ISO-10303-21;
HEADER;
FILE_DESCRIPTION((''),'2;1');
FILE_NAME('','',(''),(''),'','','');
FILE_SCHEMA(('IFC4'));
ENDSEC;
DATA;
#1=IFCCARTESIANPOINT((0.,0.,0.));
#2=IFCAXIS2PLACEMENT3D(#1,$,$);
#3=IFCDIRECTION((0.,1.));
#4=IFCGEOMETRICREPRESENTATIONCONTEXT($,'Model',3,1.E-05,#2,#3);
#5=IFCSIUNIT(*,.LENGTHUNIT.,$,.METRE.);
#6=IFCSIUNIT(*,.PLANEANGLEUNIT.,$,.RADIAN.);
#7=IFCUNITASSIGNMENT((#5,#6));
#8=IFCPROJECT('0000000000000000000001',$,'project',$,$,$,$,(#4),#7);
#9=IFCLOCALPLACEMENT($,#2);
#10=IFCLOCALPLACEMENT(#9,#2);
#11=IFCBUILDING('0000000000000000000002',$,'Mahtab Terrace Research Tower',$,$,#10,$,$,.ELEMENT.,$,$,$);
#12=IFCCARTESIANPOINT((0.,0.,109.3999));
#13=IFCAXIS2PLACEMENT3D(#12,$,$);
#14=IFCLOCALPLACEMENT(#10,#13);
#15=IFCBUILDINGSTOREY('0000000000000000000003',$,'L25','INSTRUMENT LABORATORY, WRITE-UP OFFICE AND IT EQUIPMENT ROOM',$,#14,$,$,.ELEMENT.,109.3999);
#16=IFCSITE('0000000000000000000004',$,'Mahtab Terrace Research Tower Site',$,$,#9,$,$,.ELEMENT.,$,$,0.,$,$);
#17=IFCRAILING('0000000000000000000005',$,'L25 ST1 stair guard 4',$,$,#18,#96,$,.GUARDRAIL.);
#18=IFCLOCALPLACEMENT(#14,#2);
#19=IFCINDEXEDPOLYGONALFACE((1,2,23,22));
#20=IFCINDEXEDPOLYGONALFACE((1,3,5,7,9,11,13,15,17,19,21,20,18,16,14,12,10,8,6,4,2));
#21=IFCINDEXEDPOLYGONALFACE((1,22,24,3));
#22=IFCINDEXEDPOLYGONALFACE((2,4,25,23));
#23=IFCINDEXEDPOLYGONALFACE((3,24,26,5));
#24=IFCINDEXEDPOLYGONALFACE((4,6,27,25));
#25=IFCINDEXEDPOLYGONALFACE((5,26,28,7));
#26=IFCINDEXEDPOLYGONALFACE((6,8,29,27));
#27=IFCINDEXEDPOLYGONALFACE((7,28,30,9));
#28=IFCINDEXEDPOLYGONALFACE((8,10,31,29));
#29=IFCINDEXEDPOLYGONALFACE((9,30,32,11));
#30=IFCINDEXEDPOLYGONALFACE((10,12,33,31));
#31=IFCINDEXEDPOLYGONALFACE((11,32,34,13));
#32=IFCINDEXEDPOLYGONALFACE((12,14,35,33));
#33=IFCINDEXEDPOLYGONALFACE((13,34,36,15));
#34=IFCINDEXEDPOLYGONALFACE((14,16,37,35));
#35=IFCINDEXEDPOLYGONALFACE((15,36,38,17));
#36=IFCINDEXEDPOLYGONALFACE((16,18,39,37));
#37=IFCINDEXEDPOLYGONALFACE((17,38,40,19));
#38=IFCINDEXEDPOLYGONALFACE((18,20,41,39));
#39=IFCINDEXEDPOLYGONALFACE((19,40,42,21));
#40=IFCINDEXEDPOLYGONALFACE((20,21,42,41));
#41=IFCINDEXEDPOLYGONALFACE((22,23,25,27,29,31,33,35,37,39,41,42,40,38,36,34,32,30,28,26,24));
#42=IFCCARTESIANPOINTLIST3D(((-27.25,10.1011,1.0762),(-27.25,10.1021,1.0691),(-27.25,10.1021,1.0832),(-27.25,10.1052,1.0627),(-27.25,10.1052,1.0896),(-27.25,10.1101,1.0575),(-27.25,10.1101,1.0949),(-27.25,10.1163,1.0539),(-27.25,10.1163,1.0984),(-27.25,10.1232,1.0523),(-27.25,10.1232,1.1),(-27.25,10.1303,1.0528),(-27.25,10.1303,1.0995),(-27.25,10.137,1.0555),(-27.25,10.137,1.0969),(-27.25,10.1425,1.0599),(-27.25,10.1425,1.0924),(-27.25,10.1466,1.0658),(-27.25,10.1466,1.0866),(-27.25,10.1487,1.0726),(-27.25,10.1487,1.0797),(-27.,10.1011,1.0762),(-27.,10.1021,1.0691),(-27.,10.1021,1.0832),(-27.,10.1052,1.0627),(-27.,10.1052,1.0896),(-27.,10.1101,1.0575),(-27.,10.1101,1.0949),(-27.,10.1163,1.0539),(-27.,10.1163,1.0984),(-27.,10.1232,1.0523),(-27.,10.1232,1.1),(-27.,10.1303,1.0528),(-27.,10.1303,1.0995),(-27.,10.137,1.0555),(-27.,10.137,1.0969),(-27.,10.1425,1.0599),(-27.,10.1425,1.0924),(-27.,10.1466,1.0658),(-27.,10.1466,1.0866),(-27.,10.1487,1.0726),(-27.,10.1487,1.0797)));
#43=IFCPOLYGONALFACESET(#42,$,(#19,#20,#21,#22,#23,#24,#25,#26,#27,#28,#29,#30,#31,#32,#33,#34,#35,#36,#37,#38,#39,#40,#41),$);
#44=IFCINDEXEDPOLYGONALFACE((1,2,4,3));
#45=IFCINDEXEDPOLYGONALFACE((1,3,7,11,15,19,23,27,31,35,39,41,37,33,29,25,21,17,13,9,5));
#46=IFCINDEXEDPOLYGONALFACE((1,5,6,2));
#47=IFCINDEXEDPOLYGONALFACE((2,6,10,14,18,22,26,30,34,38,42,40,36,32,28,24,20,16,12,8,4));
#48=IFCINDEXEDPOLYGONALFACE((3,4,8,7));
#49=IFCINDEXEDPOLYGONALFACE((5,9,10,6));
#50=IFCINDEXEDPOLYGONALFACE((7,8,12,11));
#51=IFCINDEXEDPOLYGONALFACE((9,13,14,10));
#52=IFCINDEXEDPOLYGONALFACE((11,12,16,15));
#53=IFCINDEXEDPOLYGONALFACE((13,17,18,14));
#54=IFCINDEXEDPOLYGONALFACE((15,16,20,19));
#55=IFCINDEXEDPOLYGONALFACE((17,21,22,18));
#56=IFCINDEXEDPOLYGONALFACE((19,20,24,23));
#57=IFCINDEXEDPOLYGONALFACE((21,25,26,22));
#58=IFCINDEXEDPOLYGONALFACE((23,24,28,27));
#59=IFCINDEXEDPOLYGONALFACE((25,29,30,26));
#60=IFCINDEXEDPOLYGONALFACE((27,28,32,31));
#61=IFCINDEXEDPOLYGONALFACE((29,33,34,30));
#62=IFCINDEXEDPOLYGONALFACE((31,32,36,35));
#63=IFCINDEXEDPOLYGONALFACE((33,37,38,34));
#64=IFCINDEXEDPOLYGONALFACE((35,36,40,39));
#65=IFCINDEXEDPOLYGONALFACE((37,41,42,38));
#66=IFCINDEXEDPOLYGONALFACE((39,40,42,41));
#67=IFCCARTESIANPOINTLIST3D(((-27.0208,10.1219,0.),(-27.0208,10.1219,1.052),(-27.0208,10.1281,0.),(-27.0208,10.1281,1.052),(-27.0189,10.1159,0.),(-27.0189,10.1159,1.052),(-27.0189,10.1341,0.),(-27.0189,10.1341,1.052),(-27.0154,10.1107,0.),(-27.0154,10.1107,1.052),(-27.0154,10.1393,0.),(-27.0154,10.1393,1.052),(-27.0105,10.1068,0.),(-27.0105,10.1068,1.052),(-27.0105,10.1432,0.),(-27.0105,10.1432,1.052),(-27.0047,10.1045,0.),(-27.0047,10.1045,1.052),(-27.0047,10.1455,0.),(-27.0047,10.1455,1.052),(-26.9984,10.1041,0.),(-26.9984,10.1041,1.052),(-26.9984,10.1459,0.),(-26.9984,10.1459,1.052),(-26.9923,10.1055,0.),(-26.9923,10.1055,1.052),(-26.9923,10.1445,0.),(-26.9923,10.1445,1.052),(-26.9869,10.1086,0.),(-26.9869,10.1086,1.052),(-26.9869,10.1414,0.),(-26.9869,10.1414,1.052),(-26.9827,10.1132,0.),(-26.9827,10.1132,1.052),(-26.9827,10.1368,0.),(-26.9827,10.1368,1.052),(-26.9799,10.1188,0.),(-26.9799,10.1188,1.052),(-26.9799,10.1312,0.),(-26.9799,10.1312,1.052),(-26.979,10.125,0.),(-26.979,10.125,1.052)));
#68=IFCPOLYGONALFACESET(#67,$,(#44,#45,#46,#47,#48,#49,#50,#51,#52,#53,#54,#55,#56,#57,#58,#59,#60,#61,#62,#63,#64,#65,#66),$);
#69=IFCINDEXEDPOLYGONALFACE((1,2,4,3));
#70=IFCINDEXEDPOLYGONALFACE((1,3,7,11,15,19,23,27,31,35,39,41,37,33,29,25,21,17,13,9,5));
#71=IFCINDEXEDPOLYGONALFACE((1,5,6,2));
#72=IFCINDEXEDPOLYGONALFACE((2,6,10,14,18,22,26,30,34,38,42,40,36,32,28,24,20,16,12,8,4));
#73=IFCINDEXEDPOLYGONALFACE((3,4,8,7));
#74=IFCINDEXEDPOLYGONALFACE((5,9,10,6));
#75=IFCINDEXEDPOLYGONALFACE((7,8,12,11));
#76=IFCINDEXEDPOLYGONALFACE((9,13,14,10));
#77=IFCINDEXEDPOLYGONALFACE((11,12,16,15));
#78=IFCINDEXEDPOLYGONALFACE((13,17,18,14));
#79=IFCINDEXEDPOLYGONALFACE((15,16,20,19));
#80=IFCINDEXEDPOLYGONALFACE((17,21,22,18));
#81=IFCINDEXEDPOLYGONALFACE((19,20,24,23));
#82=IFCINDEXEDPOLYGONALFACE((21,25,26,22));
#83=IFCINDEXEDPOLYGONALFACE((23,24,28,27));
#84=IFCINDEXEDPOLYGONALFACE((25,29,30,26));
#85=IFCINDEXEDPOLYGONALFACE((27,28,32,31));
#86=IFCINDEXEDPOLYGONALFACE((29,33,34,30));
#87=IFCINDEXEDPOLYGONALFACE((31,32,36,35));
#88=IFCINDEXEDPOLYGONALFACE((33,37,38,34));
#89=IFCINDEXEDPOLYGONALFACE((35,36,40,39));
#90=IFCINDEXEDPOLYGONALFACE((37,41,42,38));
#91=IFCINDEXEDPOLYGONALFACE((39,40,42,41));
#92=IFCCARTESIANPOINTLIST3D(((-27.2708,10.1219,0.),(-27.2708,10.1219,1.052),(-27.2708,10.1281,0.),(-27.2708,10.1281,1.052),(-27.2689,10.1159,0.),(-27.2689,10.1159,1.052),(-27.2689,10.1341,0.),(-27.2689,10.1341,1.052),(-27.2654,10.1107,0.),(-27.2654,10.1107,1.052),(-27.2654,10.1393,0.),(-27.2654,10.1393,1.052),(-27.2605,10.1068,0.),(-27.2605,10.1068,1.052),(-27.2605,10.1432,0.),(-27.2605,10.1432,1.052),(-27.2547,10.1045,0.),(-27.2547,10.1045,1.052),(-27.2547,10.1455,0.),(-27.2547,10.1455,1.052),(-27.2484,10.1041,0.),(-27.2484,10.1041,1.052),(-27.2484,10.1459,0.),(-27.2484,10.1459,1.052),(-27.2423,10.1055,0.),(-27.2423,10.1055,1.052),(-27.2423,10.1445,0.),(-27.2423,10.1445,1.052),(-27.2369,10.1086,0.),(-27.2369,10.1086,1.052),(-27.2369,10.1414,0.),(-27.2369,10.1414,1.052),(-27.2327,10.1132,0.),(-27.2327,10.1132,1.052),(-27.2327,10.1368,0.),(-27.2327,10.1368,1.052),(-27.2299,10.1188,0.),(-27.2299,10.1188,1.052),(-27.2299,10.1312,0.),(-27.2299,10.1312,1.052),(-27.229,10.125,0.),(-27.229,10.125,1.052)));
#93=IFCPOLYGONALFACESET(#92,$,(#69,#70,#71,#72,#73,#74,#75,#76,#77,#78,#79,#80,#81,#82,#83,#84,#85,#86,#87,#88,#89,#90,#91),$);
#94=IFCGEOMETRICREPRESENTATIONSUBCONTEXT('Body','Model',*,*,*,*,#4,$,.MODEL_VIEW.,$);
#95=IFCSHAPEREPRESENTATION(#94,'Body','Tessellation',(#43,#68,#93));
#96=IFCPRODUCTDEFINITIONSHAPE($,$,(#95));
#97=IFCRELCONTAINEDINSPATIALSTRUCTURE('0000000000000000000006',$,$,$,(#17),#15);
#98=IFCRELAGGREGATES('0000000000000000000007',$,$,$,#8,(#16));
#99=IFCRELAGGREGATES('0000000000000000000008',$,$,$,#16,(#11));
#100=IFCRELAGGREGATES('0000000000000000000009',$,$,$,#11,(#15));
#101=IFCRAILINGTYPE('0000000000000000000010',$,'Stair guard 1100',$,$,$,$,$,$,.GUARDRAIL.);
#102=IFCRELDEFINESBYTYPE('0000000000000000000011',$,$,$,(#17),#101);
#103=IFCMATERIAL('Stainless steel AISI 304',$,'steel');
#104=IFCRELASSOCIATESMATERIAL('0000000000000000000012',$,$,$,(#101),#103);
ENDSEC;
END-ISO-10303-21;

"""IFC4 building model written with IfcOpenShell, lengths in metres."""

from ifc_helpers import new_model, si_unit, direction, frame, origin, origin_2d, place, context, subcontext, project, spatial, circle, extrude, material, type_object, element, save


model = new_model("IFC4")

# Units and contexts
model_context = context("Model", 3, precision=1e-05, world=origin(), true_north=direction((0.0, 1.0)))
body_context = subcontext(model_context, "Body", "Model", "MODEL_VIEW")
ifc_project = project(units=[si_unit("LENGTHUNIT", "METRE"), si_unit("PLANEANGLEUNIT", "RADIAN")], contexts=[model_context])

# Site, building, storey
site_placement = place(None, origin())
site = spatial("IfcSite", under=ifc_project, at=site_placement, Name="Mahtab Terrace Research Tower Site", CompositionType="ELEMENT", RefElevation=0.0)
building_placement = place(site_placement, origin())
building = spatial("IfcBuilding", under=site, at=building_placement, Name="Mahtab Terrace Research Tower", CompositionType="ELEMENT")
storey_placement = place(building_placement, frame((0.0, 0.0, 109.3999)))
storey = spatial("IfcBuildingStorey", under=building, at=storey_placement, Name="L25", Description="INSTRUMENT LABORATORY, WRITE-UP OFFICE AND IT EQUIPMENT ROOM", CompositionType="ELEMENT", Elevation=109.3999)

# Railing
ifc_material_1 = material(Name="Stainless steel AISI 304", Category="steel")
railing_type_1 = type_object("IfcRailingType", Name="Stair guard 1100", PredefinedType="GUARDRAIL", material=ifc_material_1)
railing_1_placement = place(storey_placement, frame((-27.0, 10.125, 0.0)))
element("IfcRailing", 1, at=railing_1_placement, inside=storey, type_object=railing_type_1, Name="L25 ST1 stair guard 4", PredefinedType="GUARDRAIL", context=body_context, shape_type="SweptSolid", body=[
    extrude(circle(Radius=0.0239, at=origin_2d()), frame((0.0, 0.0, 1.0762), z_axis=(-1.0, 0.0, 0.0), x_axis=(0.0, -1.0, 0.0)), (0.0, 0.0, 1.0), 0.25),
    extrude(circle(Radius=0.021, at=origin_2d()), origin(), (0.0, 0.0, 1.0), 1.052),
    extrude(circle(Radius=0.021, at=origin_2d()), frame((-0.25, 0.0, 0.0)), (0.0, 0.0, 1.0), 1.052),
])

save(model, "model.ifc")
